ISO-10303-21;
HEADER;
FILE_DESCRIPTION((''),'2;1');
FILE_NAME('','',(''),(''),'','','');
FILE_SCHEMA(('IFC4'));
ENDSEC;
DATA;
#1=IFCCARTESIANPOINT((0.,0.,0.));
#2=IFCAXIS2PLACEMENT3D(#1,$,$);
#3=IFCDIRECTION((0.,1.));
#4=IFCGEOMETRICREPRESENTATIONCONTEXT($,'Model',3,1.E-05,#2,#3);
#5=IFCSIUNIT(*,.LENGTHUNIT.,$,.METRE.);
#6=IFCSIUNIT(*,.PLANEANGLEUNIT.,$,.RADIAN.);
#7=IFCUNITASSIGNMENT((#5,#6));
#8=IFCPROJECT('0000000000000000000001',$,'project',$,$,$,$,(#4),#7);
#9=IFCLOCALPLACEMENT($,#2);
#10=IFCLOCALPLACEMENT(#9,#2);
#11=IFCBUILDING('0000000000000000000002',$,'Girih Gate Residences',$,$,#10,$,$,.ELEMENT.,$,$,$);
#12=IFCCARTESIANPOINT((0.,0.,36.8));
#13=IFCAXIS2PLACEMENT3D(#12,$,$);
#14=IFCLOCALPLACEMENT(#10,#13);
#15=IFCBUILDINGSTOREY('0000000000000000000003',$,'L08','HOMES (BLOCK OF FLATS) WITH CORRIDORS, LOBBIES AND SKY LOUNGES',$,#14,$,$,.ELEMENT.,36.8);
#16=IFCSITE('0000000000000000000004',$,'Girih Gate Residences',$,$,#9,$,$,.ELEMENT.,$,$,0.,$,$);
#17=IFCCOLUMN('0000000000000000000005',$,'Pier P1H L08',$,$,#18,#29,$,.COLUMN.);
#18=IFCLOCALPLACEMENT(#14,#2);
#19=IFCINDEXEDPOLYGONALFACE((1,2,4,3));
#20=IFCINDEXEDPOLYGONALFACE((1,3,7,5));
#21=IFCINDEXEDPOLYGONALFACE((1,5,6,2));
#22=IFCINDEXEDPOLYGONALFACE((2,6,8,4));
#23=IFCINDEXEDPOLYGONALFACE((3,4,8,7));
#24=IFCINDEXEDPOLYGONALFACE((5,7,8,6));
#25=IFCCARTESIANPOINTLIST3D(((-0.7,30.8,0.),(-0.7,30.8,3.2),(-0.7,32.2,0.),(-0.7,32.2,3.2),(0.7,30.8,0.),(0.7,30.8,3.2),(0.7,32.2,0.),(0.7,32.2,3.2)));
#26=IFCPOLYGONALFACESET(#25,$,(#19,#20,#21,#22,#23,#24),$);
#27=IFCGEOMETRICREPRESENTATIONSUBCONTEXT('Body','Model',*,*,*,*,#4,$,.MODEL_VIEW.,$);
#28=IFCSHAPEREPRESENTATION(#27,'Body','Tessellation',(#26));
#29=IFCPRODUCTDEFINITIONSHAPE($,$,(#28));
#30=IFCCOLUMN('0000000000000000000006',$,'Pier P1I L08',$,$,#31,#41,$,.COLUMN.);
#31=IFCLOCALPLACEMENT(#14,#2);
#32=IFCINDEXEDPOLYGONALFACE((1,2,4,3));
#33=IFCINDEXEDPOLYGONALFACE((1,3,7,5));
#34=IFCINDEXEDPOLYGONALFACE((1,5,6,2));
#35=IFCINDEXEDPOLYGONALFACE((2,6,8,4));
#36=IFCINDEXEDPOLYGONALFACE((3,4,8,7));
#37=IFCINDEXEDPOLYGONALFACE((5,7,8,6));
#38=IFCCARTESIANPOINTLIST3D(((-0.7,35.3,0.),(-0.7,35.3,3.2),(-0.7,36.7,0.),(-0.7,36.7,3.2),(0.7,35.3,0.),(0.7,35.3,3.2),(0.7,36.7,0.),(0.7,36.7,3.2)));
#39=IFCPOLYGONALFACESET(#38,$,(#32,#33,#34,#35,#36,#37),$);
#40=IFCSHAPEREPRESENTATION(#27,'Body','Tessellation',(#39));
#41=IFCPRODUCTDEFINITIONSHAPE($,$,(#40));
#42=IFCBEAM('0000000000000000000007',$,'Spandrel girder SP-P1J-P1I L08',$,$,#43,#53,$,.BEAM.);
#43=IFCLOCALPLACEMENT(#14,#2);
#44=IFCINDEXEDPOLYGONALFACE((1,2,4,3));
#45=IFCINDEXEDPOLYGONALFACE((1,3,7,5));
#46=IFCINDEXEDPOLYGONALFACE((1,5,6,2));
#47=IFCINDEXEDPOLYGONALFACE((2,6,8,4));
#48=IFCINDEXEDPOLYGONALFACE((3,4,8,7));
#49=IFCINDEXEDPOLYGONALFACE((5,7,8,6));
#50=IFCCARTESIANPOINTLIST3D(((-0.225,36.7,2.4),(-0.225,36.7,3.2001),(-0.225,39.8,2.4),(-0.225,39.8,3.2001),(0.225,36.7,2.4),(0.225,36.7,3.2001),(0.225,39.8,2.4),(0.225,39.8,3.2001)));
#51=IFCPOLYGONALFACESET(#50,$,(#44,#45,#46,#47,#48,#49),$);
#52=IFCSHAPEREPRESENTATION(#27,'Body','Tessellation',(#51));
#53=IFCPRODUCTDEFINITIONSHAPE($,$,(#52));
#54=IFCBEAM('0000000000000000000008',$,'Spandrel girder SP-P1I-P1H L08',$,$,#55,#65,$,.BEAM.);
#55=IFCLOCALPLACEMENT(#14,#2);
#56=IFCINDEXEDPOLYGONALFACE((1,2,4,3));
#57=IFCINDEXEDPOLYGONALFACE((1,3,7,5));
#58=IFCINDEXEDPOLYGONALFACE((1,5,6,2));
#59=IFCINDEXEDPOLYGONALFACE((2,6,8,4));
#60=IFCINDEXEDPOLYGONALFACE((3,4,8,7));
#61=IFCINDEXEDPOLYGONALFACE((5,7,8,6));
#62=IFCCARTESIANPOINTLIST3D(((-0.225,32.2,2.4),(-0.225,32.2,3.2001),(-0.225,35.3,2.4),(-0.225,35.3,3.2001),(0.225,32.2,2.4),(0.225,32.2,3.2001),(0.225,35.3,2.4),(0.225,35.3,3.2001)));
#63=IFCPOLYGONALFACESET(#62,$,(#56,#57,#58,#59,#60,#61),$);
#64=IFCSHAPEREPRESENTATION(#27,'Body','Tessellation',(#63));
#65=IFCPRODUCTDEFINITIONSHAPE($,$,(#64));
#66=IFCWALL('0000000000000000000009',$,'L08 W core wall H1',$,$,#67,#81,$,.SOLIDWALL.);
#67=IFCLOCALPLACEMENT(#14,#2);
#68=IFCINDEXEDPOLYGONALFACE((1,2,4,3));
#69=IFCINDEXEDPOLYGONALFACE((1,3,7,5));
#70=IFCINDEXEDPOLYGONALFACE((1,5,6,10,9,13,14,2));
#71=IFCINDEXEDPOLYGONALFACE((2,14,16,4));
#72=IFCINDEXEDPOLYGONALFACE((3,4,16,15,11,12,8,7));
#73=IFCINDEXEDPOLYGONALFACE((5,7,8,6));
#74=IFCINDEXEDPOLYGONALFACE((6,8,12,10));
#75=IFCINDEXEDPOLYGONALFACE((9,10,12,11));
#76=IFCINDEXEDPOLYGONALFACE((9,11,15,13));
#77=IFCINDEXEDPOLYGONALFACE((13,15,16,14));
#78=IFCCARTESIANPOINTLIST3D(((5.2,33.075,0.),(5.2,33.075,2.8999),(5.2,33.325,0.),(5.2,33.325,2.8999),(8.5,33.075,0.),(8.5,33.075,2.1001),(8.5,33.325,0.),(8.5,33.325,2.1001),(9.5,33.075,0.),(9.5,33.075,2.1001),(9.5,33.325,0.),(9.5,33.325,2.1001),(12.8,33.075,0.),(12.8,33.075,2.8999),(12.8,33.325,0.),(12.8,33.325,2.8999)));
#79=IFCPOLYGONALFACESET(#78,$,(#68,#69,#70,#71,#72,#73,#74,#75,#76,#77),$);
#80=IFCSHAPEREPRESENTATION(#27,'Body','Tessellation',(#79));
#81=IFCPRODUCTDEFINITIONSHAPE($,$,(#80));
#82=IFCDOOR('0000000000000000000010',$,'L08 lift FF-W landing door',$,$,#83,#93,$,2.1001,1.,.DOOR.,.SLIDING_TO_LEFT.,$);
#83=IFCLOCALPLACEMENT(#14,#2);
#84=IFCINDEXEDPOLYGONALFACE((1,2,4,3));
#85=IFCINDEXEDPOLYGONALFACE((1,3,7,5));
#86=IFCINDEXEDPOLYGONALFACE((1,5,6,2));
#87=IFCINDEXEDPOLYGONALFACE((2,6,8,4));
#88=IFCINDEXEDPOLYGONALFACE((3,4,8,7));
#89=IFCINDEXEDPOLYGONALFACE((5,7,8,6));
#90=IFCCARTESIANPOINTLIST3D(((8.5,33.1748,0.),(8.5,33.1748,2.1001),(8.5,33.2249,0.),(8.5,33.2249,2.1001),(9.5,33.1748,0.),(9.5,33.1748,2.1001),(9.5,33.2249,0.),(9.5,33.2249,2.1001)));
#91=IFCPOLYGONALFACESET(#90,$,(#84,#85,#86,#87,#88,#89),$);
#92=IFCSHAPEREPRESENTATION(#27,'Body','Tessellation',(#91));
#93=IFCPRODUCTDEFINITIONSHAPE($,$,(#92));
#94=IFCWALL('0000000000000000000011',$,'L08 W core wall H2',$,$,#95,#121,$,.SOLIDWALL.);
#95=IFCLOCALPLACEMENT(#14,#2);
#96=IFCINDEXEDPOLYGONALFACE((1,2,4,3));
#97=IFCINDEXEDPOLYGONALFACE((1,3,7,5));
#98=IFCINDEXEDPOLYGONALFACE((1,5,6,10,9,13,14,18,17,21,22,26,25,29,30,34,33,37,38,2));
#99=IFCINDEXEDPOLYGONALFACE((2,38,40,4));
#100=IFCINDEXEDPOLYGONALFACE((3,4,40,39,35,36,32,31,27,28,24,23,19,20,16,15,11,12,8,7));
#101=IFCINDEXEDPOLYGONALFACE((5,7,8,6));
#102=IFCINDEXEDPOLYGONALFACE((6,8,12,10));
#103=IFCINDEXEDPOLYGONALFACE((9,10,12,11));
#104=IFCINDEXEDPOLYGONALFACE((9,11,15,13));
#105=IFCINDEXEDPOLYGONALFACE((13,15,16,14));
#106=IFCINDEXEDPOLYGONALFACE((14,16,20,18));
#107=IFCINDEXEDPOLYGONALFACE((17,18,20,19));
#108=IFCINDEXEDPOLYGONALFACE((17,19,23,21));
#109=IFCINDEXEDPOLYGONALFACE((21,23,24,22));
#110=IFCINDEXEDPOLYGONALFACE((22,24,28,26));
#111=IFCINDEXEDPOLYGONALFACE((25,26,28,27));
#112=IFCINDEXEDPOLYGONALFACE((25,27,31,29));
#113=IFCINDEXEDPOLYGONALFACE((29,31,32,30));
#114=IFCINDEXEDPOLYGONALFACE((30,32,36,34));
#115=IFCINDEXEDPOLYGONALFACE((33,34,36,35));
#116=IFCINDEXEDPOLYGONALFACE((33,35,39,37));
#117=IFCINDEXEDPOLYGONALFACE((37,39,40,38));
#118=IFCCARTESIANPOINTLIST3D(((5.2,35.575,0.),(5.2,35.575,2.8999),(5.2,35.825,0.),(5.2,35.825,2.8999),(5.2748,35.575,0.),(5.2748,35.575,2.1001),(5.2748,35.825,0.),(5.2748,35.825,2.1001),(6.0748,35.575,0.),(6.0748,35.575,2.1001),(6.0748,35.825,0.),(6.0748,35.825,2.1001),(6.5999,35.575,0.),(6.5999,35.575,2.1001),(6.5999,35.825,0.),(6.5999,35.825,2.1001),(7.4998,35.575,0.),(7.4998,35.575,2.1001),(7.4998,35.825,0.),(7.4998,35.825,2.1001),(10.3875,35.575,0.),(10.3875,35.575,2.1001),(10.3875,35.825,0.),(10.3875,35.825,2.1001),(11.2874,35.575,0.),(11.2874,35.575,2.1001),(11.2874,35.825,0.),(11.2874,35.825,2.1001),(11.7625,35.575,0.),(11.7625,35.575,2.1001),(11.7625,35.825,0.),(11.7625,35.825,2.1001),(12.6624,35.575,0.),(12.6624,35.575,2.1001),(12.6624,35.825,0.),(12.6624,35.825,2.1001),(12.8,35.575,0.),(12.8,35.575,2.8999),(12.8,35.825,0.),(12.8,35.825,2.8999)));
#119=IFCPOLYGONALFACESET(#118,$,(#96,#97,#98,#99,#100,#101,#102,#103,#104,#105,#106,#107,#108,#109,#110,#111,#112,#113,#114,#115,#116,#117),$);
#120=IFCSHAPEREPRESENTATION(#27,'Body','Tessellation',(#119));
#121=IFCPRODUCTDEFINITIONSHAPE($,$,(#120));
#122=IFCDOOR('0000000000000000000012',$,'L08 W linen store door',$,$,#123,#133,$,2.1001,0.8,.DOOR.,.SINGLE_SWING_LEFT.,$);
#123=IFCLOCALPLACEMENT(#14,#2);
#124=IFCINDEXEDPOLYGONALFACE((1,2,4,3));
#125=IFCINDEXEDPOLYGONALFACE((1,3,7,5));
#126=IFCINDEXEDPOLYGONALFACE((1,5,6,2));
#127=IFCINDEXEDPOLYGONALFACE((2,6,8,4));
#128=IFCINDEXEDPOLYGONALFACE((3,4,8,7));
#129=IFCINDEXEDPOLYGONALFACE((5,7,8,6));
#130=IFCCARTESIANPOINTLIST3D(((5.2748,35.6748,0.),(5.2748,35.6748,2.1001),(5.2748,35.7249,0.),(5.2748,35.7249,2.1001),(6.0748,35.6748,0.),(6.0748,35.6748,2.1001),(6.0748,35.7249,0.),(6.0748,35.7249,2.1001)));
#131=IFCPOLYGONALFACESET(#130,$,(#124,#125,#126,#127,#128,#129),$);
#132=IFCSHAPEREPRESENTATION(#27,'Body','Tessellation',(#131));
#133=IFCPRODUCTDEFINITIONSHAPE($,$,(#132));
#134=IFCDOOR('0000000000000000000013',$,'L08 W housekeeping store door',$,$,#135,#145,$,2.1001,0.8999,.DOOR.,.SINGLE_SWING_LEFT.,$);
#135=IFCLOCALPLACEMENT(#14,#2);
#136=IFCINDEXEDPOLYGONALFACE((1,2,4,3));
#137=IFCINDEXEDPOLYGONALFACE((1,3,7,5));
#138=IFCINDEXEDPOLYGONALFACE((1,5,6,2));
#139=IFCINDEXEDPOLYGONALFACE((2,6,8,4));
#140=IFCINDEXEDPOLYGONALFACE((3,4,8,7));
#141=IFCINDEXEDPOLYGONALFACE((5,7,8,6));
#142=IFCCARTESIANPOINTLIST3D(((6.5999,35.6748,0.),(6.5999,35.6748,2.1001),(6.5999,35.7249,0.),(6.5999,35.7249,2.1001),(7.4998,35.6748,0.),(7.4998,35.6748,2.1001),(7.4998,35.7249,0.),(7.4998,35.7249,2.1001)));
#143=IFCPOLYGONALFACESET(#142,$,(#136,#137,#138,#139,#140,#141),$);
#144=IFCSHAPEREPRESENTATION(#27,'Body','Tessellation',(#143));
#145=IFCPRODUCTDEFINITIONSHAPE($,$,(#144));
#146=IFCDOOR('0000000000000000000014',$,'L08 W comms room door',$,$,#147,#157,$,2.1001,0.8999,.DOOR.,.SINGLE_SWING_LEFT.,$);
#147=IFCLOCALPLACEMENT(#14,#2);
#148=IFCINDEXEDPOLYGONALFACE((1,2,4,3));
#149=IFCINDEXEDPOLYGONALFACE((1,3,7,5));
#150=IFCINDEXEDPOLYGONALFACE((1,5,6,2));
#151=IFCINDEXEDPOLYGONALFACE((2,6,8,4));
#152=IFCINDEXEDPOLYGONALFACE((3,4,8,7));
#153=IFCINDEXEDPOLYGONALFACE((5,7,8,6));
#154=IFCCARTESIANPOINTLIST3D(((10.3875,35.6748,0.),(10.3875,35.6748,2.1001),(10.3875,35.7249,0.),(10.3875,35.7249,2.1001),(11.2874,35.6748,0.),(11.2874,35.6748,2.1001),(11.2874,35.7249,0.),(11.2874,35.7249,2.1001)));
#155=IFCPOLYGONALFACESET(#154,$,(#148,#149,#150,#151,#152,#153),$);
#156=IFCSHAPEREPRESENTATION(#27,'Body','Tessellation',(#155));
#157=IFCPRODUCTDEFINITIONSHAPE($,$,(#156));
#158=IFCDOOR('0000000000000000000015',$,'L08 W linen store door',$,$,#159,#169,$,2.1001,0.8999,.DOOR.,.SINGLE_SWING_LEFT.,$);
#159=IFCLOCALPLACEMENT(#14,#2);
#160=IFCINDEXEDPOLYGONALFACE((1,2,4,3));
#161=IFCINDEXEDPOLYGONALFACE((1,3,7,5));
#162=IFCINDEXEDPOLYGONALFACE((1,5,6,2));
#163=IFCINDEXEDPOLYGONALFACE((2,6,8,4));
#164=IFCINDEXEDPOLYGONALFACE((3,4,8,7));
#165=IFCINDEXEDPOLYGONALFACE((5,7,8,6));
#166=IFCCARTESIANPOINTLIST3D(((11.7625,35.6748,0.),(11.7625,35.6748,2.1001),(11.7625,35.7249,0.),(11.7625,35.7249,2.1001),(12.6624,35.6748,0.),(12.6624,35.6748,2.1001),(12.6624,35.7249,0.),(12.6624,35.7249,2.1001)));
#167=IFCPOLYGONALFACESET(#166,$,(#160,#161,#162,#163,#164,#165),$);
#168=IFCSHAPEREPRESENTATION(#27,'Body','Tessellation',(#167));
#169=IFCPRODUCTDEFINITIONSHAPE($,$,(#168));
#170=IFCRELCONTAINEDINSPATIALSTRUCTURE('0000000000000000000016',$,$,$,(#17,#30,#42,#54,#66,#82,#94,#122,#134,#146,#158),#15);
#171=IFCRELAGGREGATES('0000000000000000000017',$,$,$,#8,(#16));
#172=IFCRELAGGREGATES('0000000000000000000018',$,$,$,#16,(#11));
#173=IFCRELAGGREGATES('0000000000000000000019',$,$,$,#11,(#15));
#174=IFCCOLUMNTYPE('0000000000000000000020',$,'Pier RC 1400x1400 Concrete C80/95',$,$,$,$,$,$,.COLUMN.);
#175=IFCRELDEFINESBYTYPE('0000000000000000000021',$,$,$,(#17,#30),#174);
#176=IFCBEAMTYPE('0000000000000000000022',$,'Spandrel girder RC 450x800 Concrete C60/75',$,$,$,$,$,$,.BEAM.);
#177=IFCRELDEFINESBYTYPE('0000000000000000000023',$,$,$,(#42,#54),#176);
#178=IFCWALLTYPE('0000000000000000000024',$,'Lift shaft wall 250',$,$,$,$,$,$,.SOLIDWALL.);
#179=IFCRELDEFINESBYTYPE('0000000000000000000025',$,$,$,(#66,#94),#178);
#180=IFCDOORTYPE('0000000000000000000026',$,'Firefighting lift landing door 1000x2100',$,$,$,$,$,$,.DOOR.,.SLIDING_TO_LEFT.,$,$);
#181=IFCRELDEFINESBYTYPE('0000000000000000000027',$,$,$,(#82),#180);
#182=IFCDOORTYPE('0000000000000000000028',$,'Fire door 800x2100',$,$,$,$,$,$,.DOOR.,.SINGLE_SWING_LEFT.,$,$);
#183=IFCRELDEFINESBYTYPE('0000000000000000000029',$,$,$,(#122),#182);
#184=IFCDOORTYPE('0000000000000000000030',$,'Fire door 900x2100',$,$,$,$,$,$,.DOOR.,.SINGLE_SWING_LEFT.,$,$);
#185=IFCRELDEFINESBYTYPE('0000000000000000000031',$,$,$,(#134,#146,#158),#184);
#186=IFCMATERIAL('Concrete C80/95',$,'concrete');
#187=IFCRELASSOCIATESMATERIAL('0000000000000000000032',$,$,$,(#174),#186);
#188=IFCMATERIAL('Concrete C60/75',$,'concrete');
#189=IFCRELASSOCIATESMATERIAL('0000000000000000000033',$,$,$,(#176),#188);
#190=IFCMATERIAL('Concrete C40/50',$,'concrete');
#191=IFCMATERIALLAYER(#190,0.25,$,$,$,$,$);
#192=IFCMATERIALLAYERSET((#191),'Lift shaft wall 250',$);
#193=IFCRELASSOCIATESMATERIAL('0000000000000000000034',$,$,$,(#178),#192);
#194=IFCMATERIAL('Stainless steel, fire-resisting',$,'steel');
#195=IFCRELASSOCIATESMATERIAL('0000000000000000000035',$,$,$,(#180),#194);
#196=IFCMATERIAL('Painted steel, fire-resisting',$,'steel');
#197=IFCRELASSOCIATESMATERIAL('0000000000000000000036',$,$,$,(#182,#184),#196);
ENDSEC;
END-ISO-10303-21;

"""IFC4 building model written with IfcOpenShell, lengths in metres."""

from ifc_helpers import new_model, si_unit, direction, frame, frame_2d, origin, origin_2d, place, context, subcontext, project, spatial, rectangle, extrude, material, layer, layer_set, material_profile, profile_set, type_object, element, fill, save


model = new_model("IFC4")

# Units and contexts
model_context = context("Model", 3, precision=1e-05, world=origin(), true_north=direction((0.0, 1.0)))
body_context = subcontext(model_context, "Body", "Model", "MODEL_VIEW")
ifc_project = project(units=[si_unit("LENGTHUNIT", "METRE"), si_unit("PLANEANGLEUNIT", "RADIAN")], contexts=[model_context])

# Site, building, storey
site_placement = place(None, origin())
site = spatial("IfcSite", under=ifc_project, at=site_placement, Name="Girih Gate Residences", CompositionType="ELEMENT", RefElevation=0.0)
building_placement = place(site_placement, origin())
building = spatial("IfcBuilding", under=site, at=building_placement, Name="Girih Gate Residences", CompositionType="ELEMENT")
storey_placement = place(building_placement, frame((0.0, 0.0, 36.8)))
storey = spatial("IfcBuildingStorey", under=building, at=storey_placement, Name="L08", Description="HOMES (BLOCK OF FLATS) WITH CORRIDORS, LOBBIES AND SKY LOUNGES", CompositionType="ELEMENT", Elevation=36.8)

# Columns
ifc_material_1 = material(Name="Concrete C80/95", Category="concrete")
ifc_material_profile_1 = material_profile(ifc_material_1, rectangle(XDim=1.3999, YDim=1.3999, at=origin_2d()))
ifc_profile_set_1 = profile_set([ifc_material_profile_1], Name="Concrete C80/95")
column_type = type_object("IfcColumnType", Name="Pier RC 1400x1400 Concrete C80/95", PredefinedType="COLUMN", material=ifc_profile_set_1)
for number, where, z_axis, x_axis, name in (
    (1, (0.0, 31.5, 0.0), (0.0, 0.0, 1.0), (1.0, 0.0, 0.0), "Pier P1H L08"),
    (2, (0.0, 36.0, 0.0), (0.0, 0.0, 1.0), (1.0, 0.0, 0.0), "Pier P1I L08"),
):
    element("IfcColumn", number, at=place(storey_placement, frame(where, z_axis=z_axis, x_axis=x_axis)), inside=storey, type_object=column_type, Name=name, PredefinedType="COLUMN", context=body_context, shape_type="SweptSolid", body=[
        extrude(rectangle(XDim=1.3999, YDim=1.3999, at=origin_2d()), origin(), (0.0, 0.0, 1.0), 3.2),
    ])

# Beams
ifc_material_2 = material(Name="Concrete C60/75", Category="concrete")
ifc_material_profile_2 = material_profile(ifc_material_2, rectangle(XDim=0.45, YDim=0.8, at=origin_2d()))
ifc_profile_set_2 = profile_set([ifc_material_profile_2], Name="Concrete C60/75")
beam_type = type_object("IfcBeamType", Name="Spandrel girder RC 450x800 Concrete C60/75", PredefinedType="BEAM", material=ifc_profile_set_2)
for number, where, z_axis, x_axis, name in (
    (3, (0.0, 39.8, 2.8), (0.0, -1.0, 0.0), (1.0, 0.0, 0.0), "Spandrel girder SP-P1J-P1I L08"),
    (4, (0.0, 35.3, 2.8), (0.0, -1.0, 0.0), (1.0, 0.0, 0.0), "Spandrel girder SP-P1I-P1H L08"),
):
    element("IfcBeam", number, at=place(storey_placement, frame(where, z_axis=z_axis, x_axis=x_axis)), inside=storey, type_object=beam_type, Name=name, PredefinedType="BEAM", context=body_context, shape_type="SweptSolid", body=[
        extrude(rectangle(XDim=0.45, YDim=0.8, at=origin_2d()), origin(), (0.0, 0.0, 1.0), 3.1001),
    ])

# Wall, opening, door
ifc_material_3 = material(Name="Concrete C40/50", Category="concrete")
ifc_layer_1 = layer(ifc_material_3, 0.25)
ifc_layer_set_1 = layer_set([ifc_layer_1], Name="Lift shaft wall 250")
wall_type_1 = type_object("IfcWallType", Name="Lift shaft wall 250", PredefinedType="SOLIDWALL", material=ifc_layer_set_1)
wall_1_placement = place(storey_placement, frame((5.2, 33.2, 0.0), z_axis=(0.0, 0.0, 1.0), x_axis=(1.0, 0.0, 0.0)))
wall_1 = element("IfcWall", 5, at=wall_1_placement, inside=storey, type_object=wall_type_1, Name="L08 W core wall H1", PredefinedType="SOLIDWALL", context=body_context, shape_type="SweptSolid", body=[
    extrude(rectangle(XDim=7.6001, YDim=0.25, at=frame_2d((3.8, 0.0))), origin(), (0.0, 0.0, 1.0), 2.8999),
])
opening_1_placement = place(wall_1_placement, frame((3.3, 0.0, 0.0)))
opening_1 = element("IfcOpeningElement", 6, at=opening_1_placement, cuts=wall_1, PredefinedType="OPENING", context=body_context, shape_type="SweptSolid", body=[
    extrude(rectangle(XDim=1.0, YDim=2.1001, at=frame_2d((0.5, 1.05))), frame((0.0, 0.135, 0.0), z_axis=(0.0, -1.0, 0.0), x_axis=(1.0, 0.0, 0.0)), (0.0, 0.0, 1.0), 0.27),
])
ifc_material_4 = material(Name="Stainless steel, fire-resisting", Category="steel")
door_type_1 = type_object("IfcDoorType", Name="Firefighting lift landing door 1000x2100", OperationType="SLIDING_TO_LEFT", PredefinedType="DOOR", material=ifc_material_4)
door_1_placement = place(opening_1_placement, origin())
door_1 = element("IfcDoor", 7, at=door_1_placement, inside=storey, type_object=door_type_1, Name="L08 lift FF-W landing door", OperationType="SLIDING_TO_LEFT", OverallHeight=2.1001, OverallWidth=1.0, PredefinedType="DOOR", context=body_context, shape_type="SweptSolid", body=[
    extrude(rectangle(XDim=1.0, YDim=2.1001, at=frame_2d((0.5, 1.05))), frame((0.0, 0.0249, 0.0), z_axis=(0.0, -1.0, 0.0), x_axis=(1.0, 0.0, 0.0)), (0.0, 0.0, 1.0), 0.05),
])
fill(opening_1, door_1)

# Wall, openings, doors
wall_2_placement = place(storey_placement, frame((5.2, 35.7, 0.0), z_axis=(0.0, 0.0, 1.0), x_axis=(1.0, 0.0, 0.0)))
wall_2 = element("IfcWall", 8, at=wall_2_placement, inside=storey, type_object=wall_type_1, Name="L08 W core wall H2", PredefinedType="SOLIDWALL", context=body_context, shape_type="SweptSolid", body=[
    extrude(rectangle(XDim=7.6001, YDim=0.25, at=frame_2d((3.8, 0.0))), origin(), (0.0, 0.0, 1.0), 2.8999),
])
opening_2_placement = place(wall_2_placement, frame((0.075, 0.0, 0.0)))
opening_2 = element("IfcOpeningElement", 9, at=opening_2_placement, cuts=wall_2, PredefinedType="OPENING", context=body_context, shape_type="SweptSolid", body=[
    extrude(rectangle(XDim=0.8, YDim=2.1001, at=frame_2d((0.3999, 1.05))), frame((0.0, 0.135, 0.0), z_axis=(0.0, -1.0, 0.0), x_axis=(1.0, 0.0, 0.0)), (0.0, 0.0, 1.0), 0.27),
])
opening_3_placement = place(wall_2_placement, frame((1.3999, 0.0, 0.0)))
opening_3 = element("IfcOpeningElement", 10, at=opening_3_placement, cuts=wall_2, PredefinedType="OPENING", context=body_context, shape_type="SweptSolid", body=[
    extrude(rectangle(XDim=0.8999, YDim=2.1001, at=frame_2d((0.45, 1.05))), frame((0.0, 0.135, 0.0), z_axis=(0.0, -1.0, 0.0), x_axis=(1.0, 0.0, 0.0)), (0.0, 0.0, 1.0), 0.27),
])
opening_4_placement = place(wall_2_placement, frame((5.1875, 0.0, 0.0)))
opening_4 = element("IfcOpeningElement", 11, at=opening_4_placement, cuts=wall_2, PredefinedType="OPENING", context=body_context, shape_type="SweptSolid", body=[
    extrude(rectangle(XDim=0.8999, YDim=2.1001, at=frame_2d((0.45, 1.05))), frame((0.0, 0.135, 0.0), z_axis=(0.0, -1.0, 0.0), x_axis=(1.0, 0.0, 0.0)), (0.0, 0.0, 1.0), 0.27),
])
opening_5_placement = place(wall_2_placement, frame((6.5625, 0.0, 0.0)))
opening_5 = element("IfcOpeningElement", 12, at=opening_5_placement, cuts=wall_2, PredefinedType="OPENING", context=body_context, shape_type="SweptSolid", body=[
    extrude(rectangle(XDim=0.8999, YDim=2.1001, at=frame_2d((0.45, 1.05))), frame((0.0, 0.135, 0.0), z_axis=(0.0, -1.0, 0.0), x_axis=(1.0, 0.0, 0.0)), (0.0, 0.0, 1.0), 0.27),
])
ifc_material_5 = material(Name="Painted steel, fire-resisting", Category="steel")
door_type_2 = type_object("IfcDoorType", Name="Fire door 800x2100", OperationType="SINGLE_SWING_LEFT", PredefinedType="DOOR", material=ifc_material_5)
door_2_placement = place(opening_2_placement, origin())
door_2 = element("IfcDoor", 13, at=door_2_placement, inside=storey, type_object=door_type_2, Name="L08 W linen store door", OperationType="SINGLE_SWING_LEFT", OverallHeight=2.1001, OverallWidth=0.8, PredefinedType="DOOR", context=body_context, shape_type="SweptSolid", body=[
    extrude(rectangle(XDim=0.8, YDim=2.1001, at=frame_2d((0.3999, 1.05))), frame((0.0, 0.0249, 0.0), z_axis=(0.0, -1.0, 0.0), x_axis=(1.0, 0.0, 0.0)), (0.0, 0.0, 1.0), 0.05),
])
fill(opening_2, door_2)
door_type_3 = type_object("IfcDoorType", Name="Fire door 900x2100", OperationType="SINGLE_SWING_LEFT", PredefinedType="DOOR", material=ifc_material_5)
door_3_placement = place(opening_3_placement, origin())
door_3 = element("IfcDoor", 14, at=door_3_placement, inside=storey, type_object=door_type_3, Name="L08 W housekeeping store door", OperationType="SINGLE_SWING_LEFT", OverallHeight=2.1001, OverallWidth=0.8999, PredefinedType="DOOR", context=body_context, shape_type="SweptSolid", body=[
    extrude(rectangle(XDim=0.8999, YDim=2.1001, at=frame_2d((0.45, 1.05))), frame((0.0, 0.0249, 0.0), z_axis=(0.0, -1.0, 0.0), x_axis=(1.0, 0.0, 0.0)), (0.0, 0.0, 1.0), 0.05),
])
fill(opening_3, door_3)
door_4_placement = place(opening_4_placement, origin())
door_4 = element("IfcDoor", 15, at=door_4_placement, inside=storey, type_object=door_type_3, Name="L08 W comms room door", OperationType="SINGLE_SWING_LEFT", OverallHeight=2.1001, OverallWidth=0.8999, PredefinedType="DOOR", context=body_context, shape_type="SweptSolid", body=[
    extrude(rectangle(XDim=0.8999, YDim=2.1001, at=frame_2d((0.45, 1.05))), frame((0.0, 0.0249, 0.0), z_axis=(0.0, -1.0, 0.0), x_axis=(1.0, 0.0, 0.0)), (0.0, 0.0, 1.0), 0.05),
])
fill(opening_4, door_4)
door_5_placement = place(opening_5_placement, origin())
door_5 = element("IfcDoor", 16, at=door_5_placement, inside=storey, type_object=door_type_3, Name="L08 W linen store door", OperationType="SINGLE_SWING_LEFT", OverallHeight=2.1001, OverallWidth=0.8999, PredefinedType="DOOR", context=body_context, shape_type="SweptSolid", body=[
    extrude(rectangle(XDim=0.8999, YDim=2.1001, at=frame_2d((0.45, 1.05))), frame((0.0, 0.0249, 0.0), z_axis=(0.0, -1.0, 0.0), x_axis=(1.0, 0.0, 0.0)), (0.0, 0.0, 1.0), 0.05),
])
fill(opening_5, door_5)

save(model, "model.ifc")
